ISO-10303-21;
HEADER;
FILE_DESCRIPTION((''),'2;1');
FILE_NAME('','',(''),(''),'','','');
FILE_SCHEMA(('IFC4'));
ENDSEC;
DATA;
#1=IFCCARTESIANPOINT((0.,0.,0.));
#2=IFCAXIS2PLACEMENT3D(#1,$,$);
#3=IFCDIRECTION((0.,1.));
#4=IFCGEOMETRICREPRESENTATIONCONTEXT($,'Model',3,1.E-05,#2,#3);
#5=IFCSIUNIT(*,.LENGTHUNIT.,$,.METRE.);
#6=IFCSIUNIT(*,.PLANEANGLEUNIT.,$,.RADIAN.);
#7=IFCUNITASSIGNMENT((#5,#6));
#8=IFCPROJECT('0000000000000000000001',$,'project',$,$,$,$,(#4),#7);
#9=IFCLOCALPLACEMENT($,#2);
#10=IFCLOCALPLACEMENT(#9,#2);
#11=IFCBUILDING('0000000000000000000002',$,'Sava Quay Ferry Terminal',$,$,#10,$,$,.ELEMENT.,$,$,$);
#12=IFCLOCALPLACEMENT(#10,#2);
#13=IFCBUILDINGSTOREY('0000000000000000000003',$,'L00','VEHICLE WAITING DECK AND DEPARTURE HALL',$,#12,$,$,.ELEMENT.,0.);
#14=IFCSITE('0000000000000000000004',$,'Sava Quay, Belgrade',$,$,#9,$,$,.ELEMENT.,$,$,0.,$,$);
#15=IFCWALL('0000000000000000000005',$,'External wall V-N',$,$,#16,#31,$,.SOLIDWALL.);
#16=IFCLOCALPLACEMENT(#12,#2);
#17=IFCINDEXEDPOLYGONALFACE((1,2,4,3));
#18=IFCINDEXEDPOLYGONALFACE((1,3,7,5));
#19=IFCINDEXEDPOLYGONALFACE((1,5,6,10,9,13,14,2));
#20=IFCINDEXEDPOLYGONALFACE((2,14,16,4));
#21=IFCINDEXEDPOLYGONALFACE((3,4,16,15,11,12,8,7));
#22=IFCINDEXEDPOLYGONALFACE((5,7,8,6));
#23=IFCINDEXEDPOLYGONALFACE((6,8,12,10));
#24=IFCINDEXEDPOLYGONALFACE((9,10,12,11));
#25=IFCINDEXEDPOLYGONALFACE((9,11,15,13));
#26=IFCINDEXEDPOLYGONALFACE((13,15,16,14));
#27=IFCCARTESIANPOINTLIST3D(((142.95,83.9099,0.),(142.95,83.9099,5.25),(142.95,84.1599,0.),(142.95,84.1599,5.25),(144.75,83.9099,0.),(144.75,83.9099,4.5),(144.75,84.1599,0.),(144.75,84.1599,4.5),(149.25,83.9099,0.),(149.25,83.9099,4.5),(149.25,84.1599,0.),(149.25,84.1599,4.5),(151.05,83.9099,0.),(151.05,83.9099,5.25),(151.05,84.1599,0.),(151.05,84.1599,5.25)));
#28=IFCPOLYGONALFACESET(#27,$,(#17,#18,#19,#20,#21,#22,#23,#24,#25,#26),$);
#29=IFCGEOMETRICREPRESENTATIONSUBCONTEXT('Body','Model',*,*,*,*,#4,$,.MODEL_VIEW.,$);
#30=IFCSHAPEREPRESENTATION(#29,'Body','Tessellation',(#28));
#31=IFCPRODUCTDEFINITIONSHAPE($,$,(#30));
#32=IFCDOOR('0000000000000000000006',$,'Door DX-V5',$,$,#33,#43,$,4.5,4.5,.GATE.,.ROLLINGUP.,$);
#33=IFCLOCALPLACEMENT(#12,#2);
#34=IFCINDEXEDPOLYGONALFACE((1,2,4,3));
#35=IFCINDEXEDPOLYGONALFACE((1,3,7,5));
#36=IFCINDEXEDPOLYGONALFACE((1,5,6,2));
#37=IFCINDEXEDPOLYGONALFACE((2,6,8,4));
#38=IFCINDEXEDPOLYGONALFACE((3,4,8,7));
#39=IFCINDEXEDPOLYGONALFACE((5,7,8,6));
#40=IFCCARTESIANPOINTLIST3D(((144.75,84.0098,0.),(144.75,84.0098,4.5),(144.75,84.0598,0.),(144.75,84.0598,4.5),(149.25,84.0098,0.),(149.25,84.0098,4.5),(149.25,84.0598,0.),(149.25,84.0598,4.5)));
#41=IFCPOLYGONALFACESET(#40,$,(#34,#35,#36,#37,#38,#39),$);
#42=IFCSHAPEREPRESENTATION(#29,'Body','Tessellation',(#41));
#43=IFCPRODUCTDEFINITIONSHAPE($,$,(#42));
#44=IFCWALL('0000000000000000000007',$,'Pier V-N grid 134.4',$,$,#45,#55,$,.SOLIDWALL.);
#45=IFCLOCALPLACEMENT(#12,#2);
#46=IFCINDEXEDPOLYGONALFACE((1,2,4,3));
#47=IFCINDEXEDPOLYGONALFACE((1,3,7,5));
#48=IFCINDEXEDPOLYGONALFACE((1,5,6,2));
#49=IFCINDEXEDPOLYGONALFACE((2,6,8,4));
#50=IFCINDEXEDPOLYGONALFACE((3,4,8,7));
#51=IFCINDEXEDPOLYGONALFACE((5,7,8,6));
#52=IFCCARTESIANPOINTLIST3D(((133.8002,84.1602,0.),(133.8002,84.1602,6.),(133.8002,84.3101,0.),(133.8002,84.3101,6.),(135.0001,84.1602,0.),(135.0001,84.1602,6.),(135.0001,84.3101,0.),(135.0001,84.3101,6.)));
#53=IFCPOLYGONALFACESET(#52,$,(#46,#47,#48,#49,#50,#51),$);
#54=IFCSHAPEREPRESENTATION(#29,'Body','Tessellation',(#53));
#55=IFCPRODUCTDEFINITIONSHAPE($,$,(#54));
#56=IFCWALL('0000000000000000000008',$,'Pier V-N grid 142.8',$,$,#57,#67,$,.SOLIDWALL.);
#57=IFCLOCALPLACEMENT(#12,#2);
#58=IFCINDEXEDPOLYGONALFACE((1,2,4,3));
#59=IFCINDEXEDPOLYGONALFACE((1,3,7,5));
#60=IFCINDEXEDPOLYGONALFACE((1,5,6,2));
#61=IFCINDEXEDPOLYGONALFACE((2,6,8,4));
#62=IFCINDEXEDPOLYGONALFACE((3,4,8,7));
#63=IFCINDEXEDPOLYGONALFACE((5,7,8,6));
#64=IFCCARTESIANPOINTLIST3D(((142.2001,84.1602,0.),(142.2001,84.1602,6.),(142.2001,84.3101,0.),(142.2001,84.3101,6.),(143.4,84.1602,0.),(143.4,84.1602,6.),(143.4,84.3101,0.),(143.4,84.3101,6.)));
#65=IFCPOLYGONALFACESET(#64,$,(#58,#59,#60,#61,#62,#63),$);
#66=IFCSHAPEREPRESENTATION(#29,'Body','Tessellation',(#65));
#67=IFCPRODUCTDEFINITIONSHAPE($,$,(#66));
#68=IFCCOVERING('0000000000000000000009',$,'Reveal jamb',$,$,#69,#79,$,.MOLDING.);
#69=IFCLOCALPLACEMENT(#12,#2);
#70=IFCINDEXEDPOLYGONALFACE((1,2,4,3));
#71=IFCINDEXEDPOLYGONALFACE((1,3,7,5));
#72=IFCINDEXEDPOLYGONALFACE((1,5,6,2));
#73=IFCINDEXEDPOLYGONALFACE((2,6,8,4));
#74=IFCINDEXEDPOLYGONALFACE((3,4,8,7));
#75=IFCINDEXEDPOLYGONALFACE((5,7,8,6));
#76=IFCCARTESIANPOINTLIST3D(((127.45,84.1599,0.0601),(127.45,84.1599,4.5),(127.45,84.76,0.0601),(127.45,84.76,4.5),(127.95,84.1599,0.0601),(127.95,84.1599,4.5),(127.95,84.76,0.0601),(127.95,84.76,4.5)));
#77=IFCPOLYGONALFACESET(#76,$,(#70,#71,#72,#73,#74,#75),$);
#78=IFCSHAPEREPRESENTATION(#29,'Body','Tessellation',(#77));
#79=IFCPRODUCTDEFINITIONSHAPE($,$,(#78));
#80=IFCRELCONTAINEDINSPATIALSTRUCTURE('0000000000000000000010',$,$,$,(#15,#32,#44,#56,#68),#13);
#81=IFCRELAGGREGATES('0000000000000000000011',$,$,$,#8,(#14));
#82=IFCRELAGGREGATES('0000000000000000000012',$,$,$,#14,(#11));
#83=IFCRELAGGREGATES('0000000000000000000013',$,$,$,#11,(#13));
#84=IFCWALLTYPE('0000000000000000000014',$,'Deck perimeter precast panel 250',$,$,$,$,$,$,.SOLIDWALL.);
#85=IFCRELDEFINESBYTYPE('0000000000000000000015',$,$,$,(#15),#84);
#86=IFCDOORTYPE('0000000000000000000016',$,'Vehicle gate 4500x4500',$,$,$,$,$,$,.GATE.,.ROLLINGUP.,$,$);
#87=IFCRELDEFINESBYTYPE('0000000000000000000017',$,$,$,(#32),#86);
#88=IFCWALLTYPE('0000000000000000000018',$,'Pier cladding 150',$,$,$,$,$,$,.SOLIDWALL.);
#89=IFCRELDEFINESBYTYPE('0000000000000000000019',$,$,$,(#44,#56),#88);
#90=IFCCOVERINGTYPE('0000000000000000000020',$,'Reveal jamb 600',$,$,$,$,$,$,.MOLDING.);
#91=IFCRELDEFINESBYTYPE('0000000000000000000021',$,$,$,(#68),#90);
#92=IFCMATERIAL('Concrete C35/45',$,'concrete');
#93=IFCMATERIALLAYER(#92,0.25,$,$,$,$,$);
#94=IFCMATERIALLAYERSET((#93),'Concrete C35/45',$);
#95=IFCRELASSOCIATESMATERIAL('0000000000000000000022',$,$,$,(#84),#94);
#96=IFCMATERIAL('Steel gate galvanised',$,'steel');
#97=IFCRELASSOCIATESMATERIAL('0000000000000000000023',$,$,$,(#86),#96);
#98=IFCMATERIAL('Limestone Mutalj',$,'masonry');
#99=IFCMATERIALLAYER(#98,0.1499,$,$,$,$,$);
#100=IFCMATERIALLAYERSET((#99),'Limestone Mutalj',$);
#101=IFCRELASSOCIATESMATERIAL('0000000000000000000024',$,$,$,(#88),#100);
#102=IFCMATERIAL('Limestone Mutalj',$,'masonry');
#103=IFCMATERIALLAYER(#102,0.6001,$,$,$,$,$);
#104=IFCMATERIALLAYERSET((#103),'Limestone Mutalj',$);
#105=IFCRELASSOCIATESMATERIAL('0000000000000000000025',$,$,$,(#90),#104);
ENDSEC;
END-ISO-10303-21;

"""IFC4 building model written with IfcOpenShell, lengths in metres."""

from ifc_helpers import new_model, si_unit, direction, frame, frame_2d, origin, origin_2d, place, context, subcontext, project, spatial, rectangle, extrude, material, layer, layer_set, type_object, element, fill, save


model = new_model("IFC4")

# Units and contexts
model_context = context("Model", 3, precision=1e-05, world=origin(), true_north=direction((0.0, 1.0)))
body_context = subcontext(model_context, "Body", "Model", "MODEL_VIEW")
ifc_project = project(units=[si_unit("LENGTHUNIT", "METRE"), si_unit("PLANEANGLEUNIT", "RADIAN")], contexts=[model_context])

# Site, building, storey
site_placement = place(None, origin())
site = spatial("IfcSite", under=ifc_project, at=site_placement, Name="Sava Quay, Belgrade", CompositionType="ELEMENT", RefElevation=0.0)
building_placement = place(site_placement, origin())
building = spatial("IfcBuilding", under=site, at=building_placement, Name="Sava Quay Ferry Terminal", CompositionType="ELEMENT")
storey_placement = place(building_placement, origin())
storey = spatial("IfcBuildingStorey", under=building, at=storey_placement, Name="L00", Description="VEHICLE WAITING DECK AND DEPARTURE HALL", CompositionType="ELEMENT", Elevation=0.0)

# Wall, opening, door
ifc_material_1 = material(Name="Concrete C35/45", Category="concrete")
ifc_layer_1 = layer(ifc_material_1, 0.25)
ifc_layer_set_1 = layer_set([ifc_layer_1], Name="Concrete C35/45")
wall_type_1 = type_object("IfcWallType", Name="Deck perimeter precast panel 250", PredefinedType="SOLIDWALL", material=ifc_layer_set_1)
ifc_material_2 = material(Name="Steel gate galvanised", Category="steel")
door_type = type_object("IfcDoorType", Name="Vehicle gate 4500x4500", OperationType="ROLLINGUP", PredefinedType="GATE", material=ifc_material_2)
wall_1_placement = place(storey_placement, frame((142.95, 84.0349, 0.0), z_axis=(0.0, 0.0, 1.0), x_axis=(1.0, 0.0, 0.0)))
wall_1 = element("IfcWall", 1, at=wall_1_placement, inside=storey, type_object=wall_type_1, Name="External wall V-N", PredefinedType="SOLIDWALL", context=body_context, shape_type="SweptSolid", body=[
    extrude(rectangle(XDim=8.1001, YDim=0.25, at=frame_2d((4.05, 0.0))), origin(), (0.0, 0.0, 1.0), 5.25),
])
opening_1_placement = place(wall_1_placement, frame((1.8, 0.0, 0.0)))
opening_1 = element("IfcOpeningElement", 2, at=opening_1_placement, cuts=wall_1, PredefinedType="OPENING", context=body_context, shape_type="SweptSolid", body=[
    extrude(rectangle(XDim=4.5, YDim=4.5, at=frame_2d((2.25, 2.25))), frame((0.0, 0.125, 0.0), z_axis=(0.0, -1.0, 0.0), x_axis=(1.0, 0.0, 0.0)), (0.0, 0.0, 1.0), 0.25),
])
door_1_placement = place(opening_1_placement, origin())
door_1 = element("IfcDoor", 3, at=door_1_placement, inside=storey, type_object=door_type, Name="Door DX-V5", OperationType="ROLLINGUP", OverallHeight=4.5, OverallWidth=4.5, PredefinedType="GATE", context=body_context, shape_type="SweptSolid", body=[
    extrude(rectangle(XDim=4.5, YDim=4.5, at=frame_2d((2.25, 2.25))), frame((0.0, 0.0249, 0.0), z_axis=(0.0, -1.0, 0.0), x_axis=(1.0, 0.0, 0.0)), (0.0, 0.0, 1.0), 0.05),
])
fill(opening_1, door_1)

# Walls
ifc_material_3 = material(Name="Limestone Mutalj", Category="masonry")
ifc_layer_2 = layer(ifc_material_3, 0.1499)
ifc_layer_set_2 = layer_set([ifc_layer_2], Name="Limestone Mutalj")
wall_type_2 = type_object("IfcWallType", Name="Pier cladding 150", PredefinedType="SOLIDWALL", material=ifc_layer_set_2)
for number, where, z_axis, x_axis, name in (
    (4, (133.8, 84.2351, 0.0), (0.0, 0.0, 1.0), (1.0, 0.0, 0.0), "Pier V-N grid 134.4"),
    (5, (142.2, 84.2351, 0.0), (0.0, 0.0, 1.0), (1.0, 0.0, 0.0), "Pier V-N grid 142.8"),
):
    element("IfcWall", number, at=place(storey_placement, frame(where, z_axis=z_axis, x_axis=x_axis)), inside=storey, type_object=wall_type_2, Name=name, PredefinedType="SOLIDWALL", context=body_context, shape_type="SweptSolid", body=[
        extrude(rectangle(XDim=1.2, YDim=0.1499, at=frame_2d((0.6001, 0.0))), origin(), (0.0, 0.0, 1.0), 6.0),
    ])

# Covering
ifc_material_4 = material(Name="Limestone Mutalj", Category="masonry")
ifc_layer_3 = layer(ifc_material_4, 0.6001)
ifc_layer_set_3 = layer_set([ifc_layer_3], Name="Limestone Mutalj")
covering_type = type_object("IfcCoveringType", Name="Reveal jamb 600", PredefinedType="MOLDING", material=ifc_layer_set_3)
covering_placement = place(storey_placement, frame((127.7, 84.46, 0.0601), z_axis=(0.0, 0.0, 1.0), x_axis=(1.0, 0.0, 0.0)))
element("IfcCovering", 6, at=covering_placement, inside=storey, type_object=covering_type, Name="Reveal jamb", PredefinedType="MOLDING", context=body_context, shape_type="SweptSolid", body=[
    extrude(rectangle(XDim=0.5, YDim=0.6001, at=origin_2d()), origin(), (0.0, 0.0, 1.0), 4.4399),
])

save(model, "model.ifc")
